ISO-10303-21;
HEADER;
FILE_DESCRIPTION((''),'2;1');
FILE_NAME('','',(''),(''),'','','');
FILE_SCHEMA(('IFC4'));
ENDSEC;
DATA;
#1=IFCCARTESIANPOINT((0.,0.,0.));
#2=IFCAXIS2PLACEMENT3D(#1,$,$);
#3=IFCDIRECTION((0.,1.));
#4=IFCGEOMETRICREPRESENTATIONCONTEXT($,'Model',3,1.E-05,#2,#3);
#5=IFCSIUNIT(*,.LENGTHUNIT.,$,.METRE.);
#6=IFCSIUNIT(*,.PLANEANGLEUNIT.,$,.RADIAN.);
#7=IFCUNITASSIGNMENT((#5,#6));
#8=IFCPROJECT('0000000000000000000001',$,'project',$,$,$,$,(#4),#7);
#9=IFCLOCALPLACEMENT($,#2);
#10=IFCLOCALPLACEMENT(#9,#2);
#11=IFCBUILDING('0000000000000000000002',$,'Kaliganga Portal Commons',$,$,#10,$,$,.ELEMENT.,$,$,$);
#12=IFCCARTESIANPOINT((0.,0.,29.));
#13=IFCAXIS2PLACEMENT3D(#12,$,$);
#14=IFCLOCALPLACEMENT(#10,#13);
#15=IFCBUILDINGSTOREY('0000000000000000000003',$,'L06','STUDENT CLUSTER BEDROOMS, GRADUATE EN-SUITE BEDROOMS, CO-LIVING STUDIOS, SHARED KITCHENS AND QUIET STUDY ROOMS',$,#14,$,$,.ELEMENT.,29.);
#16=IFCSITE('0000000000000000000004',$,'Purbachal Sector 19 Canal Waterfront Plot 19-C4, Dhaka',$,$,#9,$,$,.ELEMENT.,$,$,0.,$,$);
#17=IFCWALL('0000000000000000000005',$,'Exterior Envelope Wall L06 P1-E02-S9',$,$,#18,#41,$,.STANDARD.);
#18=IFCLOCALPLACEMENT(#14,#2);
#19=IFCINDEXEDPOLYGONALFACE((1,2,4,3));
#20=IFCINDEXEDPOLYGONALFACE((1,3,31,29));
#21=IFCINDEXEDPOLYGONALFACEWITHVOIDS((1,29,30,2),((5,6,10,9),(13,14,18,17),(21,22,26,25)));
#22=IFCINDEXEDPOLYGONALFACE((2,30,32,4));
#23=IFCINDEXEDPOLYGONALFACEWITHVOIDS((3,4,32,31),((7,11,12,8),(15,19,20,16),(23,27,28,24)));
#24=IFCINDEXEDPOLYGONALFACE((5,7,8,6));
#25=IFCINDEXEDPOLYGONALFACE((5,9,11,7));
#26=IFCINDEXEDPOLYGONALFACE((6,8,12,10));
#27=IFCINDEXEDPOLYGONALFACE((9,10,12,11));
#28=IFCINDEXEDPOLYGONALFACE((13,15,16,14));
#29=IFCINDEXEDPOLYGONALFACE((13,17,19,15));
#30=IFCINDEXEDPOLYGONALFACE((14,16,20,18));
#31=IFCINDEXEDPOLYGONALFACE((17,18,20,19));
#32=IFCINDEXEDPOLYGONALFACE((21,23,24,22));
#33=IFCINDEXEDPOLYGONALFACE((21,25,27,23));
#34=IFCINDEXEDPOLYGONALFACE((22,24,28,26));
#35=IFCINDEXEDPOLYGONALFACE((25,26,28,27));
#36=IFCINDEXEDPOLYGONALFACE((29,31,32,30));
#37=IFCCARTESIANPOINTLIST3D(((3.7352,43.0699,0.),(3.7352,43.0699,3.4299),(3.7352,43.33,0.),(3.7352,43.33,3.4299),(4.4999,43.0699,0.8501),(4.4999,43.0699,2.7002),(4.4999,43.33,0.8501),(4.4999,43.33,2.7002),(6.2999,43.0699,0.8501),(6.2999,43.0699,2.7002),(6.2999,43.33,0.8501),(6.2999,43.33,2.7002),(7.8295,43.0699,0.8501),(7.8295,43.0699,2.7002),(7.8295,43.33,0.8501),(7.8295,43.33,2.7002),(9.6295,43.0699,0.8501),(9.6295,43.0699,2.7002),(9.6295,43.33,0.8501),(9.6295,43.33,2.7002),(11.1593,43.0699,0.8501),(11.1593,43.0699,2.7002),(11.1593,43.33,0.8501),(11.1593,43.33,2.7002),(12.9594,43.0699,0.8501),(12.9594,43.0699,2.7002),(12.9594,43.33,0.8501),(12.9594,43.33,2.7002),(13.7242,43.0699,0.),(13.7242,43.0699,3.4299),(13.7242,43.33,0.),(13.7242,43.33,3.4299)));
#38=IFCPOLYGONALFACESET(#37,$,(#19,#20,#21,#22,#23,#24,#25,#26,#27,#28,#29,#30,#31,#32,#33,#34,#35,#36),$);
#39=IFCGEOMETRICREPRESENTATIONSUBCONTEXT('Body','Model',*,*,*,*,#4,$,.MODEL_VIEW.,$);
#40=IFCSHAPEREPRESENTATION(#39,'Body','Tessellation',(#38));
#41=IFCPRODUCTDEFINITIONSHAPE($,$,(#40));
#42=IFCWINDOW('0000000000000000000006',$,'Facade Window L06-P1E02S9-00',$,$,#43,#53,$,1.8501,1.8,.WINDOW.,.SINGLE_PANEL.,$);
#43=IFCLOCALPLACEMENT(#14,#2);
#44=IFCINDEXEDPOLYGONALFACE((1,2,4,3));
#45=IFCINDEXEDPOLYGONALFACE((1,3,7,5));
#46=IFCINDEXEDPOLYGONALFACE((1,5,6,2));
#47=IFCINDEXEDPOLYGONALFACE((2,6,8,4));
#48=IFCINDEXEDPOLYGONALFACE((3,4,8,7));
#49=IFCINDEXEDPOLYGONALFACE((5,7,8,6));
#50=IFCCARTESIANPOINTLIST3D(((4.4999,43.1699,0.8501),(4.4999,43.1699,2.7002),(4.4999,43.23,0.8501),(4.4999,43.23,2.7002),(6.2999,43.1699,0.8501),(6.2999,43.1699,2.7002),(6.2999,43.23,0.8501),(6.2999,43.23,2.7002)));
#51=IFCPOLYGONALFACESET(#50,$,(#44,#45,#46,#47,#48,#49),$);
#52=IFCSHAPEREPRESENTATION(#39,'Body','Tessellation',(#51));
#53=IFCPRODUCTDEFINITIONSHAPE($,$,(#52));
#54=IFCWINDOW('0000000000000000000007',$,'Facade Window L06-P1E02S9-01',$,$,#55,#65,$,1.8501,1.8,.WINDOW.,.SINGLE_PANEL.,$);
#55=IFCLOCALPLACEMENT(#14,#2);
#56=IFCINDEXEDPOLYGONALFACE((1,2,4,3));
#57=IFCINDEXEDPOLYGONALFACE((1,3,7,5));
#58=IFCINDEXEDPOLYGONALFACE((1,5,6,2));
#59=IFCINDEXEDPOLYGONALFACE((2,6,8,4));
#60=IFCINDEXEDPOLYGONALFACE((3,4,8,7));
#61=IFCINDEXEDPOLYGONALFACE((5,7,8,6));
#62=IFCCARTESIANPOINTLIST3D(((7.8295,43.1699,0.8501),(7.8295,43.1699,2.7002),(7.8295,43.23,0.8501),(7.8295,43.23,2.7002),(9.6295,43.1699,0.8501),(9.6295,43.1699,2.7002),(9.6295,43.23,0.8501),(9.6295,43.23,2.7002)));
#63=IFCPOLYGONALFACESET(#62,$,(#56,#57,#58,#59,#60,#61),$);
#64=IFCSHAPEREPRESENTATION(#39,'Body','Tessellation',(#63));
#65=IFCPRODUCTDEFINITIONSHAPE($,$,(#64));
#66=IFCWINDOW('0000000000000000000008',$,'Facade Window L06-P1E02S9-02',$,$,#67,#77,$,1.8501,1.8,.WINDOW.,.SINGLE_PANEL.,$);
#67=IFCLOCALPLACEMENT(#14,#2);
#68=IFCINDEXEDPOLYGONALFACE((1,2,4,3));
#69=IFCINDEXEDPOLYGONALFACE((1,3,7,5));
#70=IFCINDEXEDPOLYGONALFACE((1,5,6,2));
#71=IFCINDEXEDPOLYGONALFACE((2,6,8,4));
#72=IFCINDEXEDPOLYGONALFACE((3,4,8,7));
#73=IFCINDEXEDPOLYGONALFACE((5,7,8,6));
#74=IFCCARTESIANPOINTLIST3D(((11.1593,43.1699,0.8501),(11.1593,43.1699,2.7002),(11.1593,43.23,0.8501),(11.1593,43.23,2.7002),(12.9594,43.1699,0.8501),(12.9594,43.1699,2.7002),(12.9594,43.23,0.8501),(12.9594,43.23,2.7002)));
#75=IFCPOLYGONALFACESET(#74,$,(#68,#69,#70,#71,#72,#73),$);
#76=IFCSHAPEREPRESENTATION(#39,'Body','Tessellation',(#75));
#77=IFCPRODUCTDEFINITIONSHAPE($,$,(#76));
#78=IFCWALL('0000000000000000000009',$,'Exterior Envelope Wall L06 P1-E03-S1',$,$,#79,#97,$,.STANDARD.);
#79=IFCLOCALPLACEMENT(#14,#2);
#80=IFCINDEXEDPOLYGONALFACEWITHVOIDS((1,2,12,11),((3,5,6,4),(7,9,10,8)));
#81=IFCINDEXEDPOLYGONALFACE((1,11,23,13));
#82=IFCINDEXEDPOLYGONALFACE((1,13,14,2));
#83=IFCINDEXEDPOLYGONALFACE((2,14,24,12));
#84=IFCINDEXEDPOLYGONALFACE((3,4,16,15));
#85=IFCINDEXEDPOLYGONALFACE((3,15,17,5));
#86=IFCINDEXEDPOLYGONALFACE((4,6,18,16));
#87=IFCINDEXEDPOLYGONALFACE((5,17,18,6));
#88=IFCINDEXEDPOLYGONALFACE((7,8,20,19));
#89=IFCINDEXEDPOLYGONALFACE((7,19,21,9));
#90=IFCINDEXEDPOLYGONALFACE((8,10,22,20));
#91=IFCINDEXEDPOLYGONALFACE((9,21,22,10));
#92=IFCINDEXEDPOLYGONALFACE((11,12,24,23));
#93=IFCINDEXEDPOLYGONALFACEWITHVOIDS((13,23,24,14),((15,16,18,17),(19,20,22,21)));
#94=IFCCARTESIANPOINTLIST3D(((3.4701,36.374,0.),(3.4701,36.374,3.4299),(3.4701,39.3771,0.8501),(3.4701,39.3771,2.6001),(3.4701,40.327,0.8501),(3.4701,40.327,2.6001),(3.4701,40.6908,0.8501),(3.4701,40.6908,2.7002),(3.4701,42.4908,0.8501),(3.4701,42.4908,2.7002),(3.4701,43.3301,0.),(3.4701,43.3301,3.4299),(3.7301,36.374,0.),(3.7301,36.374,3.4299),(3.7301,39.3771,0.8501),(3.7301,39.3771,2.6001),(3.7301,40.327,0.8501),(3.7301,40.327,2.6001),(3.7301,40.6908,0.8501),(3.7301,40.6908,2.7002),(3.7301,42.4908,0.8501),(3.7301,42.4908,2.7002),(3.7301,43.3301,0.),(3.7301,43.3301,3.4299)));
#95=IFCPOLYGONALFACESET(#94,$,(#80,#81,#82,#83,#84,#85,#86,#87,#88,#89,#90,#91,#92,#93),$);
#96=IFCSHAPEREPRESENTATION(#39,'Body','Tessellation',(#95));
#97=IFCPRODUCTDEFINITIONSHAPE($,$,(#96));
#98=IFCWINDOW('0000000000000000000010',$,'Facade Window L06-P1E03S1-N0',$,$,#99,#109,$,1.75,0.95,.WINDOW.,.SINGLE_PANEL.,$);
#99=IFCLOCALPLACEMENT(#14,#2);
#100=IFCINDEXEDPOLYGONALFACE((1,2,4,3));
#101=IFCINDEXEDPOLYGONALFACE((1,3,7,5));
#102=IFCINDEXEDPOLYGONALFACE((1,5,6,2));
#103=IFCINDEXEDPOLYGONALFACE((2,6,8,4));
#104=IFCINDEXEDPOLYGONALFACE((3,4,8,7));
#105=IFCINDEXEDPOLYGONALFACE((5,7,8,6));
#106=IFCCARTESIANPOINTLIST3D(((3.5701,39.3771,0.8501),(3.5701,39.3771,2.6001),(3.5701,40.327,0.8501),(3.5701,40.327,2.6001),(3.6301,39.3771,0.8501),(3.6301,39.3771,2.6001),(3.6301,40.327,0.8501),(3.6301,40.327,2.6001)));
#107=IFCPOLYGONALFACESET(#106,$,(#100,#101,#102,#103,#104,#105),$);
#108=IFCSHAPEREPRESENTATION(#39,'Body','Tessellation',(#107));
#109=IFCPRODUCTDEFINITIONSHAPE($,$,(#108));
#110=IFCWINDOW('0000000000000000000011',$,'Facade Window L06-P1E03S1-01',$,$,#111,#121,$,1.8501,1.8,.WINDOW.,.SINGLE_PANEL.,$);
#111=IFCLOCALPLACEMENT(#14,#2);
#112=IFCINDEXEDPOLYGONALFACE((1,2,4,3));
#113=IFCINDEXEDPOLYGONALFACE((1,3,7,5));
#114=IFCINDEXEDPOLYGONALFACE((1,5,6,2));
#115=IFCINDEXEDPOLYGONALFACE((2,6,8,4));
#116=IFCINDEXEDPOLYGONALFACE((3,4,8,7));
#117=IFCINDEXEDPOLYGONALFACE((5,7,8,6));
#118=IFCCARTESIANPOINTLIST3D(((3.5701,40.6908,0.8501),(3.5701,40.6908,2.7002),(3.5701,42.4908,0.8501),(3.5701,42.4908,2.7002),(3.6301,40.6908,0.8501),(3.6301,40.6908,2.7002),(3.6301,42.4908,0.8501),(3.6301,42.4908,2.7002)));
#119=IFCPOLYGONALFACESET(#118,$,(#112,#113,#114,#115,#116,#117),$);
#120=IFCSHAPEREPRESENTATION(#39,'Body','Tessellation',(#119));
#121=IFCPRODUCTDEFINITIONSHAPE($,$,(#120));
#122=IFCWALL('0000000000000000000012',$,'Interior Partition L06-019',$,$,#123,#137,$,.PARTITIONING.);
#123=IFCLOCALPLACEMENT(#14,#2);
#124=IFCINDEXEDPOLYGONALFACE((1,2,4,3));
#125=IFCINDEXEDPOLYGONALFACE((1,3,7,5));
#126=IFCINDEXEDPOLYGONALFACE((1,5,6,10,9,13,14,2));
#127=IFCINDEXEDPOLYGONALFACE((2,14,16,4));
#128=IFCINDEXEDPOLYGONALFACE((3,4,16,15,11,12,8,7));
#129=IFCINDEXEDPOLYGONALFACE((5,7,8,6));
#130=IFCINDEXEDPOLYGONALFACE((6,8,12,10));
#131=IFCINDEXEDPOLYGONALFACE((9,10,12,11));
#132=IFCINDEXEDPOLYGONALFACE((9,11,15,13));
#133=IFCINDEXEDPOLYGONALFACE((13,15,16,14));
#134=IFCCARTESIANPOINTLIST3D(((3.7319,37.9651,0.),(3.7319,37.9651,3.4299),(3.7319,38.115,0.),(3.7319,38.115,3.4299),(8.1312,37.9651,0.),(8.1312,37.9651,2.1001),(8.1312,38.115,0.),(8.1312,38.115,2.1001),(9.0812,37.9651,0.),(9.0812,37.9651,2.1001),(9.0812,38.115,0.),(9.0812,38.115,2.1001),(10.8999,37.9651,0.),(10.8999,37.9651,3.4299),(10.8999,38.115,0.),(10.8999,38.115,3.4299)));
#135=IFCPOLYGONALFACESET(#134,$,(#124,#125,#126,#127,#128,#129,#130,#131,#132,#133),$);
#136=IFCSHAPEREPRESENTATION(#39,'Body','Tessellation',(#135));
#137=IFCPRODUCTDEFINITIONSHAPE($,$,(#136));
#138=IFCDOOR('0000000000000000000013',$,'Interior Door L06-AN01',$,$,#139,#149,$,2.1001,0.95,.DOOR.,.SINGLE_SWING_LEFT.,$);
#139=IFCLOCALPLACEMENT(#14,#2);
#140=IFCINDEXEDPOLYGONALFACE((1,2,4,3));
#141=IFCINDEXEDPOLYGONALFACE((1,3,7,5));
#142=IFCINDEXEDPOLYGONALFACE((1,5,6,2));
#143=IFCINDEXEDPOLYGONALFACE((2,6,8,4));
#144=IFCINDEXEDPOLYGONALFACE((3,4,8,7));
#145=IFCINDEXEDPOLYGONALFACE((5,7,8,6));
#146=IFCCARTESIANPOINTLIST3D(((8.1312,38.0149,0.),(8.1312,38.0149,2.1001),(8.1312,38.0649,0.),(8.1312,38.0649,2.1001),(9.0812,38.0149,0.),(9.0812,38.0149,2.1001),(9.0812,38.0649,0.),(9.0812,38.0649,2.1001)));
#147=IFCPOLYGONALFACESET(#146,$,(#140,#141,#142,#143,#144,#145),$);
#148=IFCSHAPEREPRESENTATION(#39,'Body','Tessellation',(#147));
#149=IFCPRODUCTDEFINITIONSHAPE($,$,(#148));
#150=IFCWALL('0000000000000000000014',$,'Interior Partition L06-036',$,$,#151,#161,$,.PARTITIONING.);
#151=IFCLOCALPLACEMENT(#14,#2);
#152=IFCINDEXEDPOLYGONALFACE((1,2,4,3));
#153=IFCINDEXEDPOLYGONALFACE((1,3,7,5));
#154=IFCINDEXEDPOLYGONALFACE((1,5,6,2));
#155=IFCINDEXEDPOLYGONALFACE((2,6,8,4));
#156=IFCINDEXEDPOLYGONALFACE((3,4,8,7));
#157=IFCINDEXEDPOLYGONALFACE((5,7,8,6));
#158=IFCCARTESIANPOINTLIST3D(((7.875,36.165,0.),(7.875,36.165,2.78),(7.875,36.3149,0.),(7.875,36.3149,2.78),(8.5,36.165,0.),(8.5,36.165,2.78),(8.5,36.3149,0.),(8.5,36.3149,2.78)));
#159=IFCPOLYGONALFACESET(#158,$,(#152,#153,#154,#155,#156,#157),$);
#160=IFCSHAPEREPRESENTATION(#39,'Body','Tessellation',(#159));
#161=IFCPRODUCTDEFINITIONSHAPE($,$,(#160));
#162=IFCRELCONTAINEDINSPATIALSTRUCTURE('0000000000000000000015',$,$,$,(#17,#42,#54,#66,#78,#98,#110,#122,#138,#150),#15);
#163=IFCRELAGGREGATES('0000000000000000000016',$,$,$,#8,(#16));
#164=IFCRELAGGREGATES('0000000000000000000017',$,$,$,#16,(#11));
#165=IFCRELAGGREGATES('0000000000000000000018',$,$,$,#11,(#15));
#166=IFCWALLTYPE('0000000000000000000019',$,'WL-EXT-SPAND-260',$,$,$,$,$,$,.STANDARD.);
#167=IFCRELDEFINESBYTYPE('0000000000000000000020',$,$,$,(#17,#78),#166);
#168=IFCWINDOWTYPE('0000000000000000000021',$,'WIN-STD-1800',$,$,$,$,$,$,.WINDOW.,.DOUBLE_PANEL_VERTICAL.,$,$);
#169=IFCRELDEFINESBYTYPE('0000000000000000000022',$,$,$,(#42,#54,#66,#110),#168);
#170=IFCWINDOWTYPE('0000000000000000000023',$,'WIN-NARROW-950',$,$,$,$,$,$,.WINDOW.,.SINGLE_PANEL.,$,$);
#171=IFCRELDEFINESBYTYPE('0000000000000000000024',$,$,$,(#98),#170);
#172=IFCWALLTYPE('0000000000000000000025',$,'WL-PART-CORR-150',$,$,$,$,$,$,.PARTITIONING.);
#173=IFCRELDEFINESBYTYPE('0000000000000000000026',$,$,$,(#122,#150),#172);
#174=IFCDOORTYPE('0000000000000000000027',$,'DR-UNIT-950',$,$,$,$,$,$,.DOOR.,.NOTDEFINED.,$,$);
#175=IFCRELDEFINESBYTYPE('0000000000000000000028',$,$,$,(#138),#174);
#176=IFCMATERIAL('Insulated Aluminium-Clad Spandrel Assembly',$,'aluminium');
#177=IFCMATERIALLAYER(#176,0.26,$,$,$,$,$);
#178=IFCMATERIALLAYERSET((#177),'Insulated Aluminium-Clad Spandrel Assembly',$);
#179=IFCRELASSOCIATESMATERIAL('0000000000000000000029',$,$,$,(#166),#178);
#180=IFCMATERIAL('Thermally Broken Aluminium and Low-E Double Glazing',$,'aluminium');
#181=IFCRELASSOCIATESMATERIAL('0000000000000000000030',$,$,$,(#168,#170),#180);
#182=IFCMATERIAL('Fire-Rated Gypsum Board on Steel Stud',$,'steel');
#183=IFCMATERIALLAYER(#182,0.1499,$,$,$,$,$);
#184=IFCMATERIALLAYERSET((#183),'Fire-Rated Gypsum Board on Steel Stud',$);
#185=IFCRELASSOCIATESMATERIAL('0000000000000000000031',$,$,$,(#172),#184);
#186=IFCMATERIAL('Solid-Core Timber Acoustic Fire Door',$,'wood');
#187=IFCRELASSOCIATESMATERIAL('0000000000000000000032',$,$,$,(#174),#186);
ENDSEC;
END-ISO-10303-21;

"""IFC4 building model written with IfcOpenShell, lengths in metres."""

from ifc_helpers import new_model, si_unit, direction, frame, frame_2d, origin, place, context, subcontext, project, spatial, rectangle, extrude, material, layer, layer_set, type_object, element, fill, save


model = new_model("IFC4")

# Units and contexts
model_context = context("Model", 3, precision=1e-05, world=origin(), true_north=direction((0.0, 1.0)))
body_context = subcontext(model_context, "Body", "Model", "MODEL_VIEW")
ifc_project = project(units=[si_unit("LENGTHUNIT", "METRE"), si_unit("PLANEANGLEUNIT", "RADIAN")], contexts=[model_context])

# Site, building, storey
site_placement = place(None, origin())
site = spatial("IfcSite", under=ifc_project, at=site_placement, Name="Purbachal Sector 19 Canal Waterfront Plot 19-C4, Dhaka", CompositionType="ELEMENT", RefElevation=0.0)
building_placement = place(site_placement, origin())
building = spatial("IfcBuilding", under=site, at=building_placement, Name="Kaliganga Portal Commons", CompositionType="ELEMENT")
storey_placement = place(building_placement, frame((0.0, 0.0, 29.0)))
storey = spatial("IfcBuildingStorey", under=building, at=storey_placement, Name="L06", Description="STUDENT CLUSTER BEDROOMS, GRADUATE EN-SUITE BEDROOMS, CO-LIVING STUDIOS, SHARED KITCHENS AND QUIET STUDY ROOMS", CompositionType="ELEMENT", Elevation=29.0)

# Walls, openings, windows
ifc_material_1 = material(Name="Insulated Aluminium-Clad Spandrel Assembly", Category="aluminium")
ifc_layer_1 = layer(ifc_material_1, 0.26)
ifc_layer_set_1 = layer_set([ifc_layer_1], Name="Insulated Aluminium-Clad Spandrel Assembly")
wall_type_1 = type_object("IfcWallType", Name="WL-EXT-SPAND-260", PredefinedType="STANDARD", material=ifc_layer_set_1)
wall_1_placement = place(storey_placement, frame((3.7351, 43.2, 0.0), z_axis=(0.0, 0.0, 1.0), x_axis=(1.0, 0.0, 0.0)))
wall_1 = element("IfcWall", 1, at=wall_1_placement, inside=storey, type_object=wall_type_1, Name="Exterior Envelope Wall L06 P1-E02-S9", PredefinedType="STANDARD", context=body_context, shape_type="SweptSolid", body=[
    extrude(rectangle(XDim=9.989, YDim=0.26, at=frame_2d((4.9946, 0.0))), origin(), (0.0, 0.0, 1.0), 3.4299),
])
opening_1_placement = place(wall_1_placement, frame((0.7649, 0.0, 0.8501)))
opening_1 = element("IfcOpeningElement", 2, at=opening_1_placement, cuts=wall_1, PredefinedType="OPENING", context=body_context, shape_type="SweptSolid", body=[
    extrude(rectangle(XDim=1.8, YDim=1.8501, at=frame_2d((0.8999, 0.925))), frame((0.0, 0.1401, 0.0), z_axis=(0.0, -1.0, 0.0), x_axis=(1.0, 0.0, 0.0)), (0.0, 0.0, 1.0), 0.28),
])
opening_2_placement = place(wall_1_placement, frame((4.0945, 0.0, 0.8501)))
opening_2 = element("IfcOpeningElement", 3, at=opening_2_placement, cuts=wall_1, PredefinedType="OPENING", context=body_context, shape_type="SweptSolid", body=[
    extrude(rectangle(XDim=1.8, YDim=1.8501, at=frame_2d((0.8999, 0.925))), frame((0.0, 0.1401, 0.0), z_axis=(0.0, -1.0, 0.0), x_axis=(1.0, 0.0, 0.0)), (0.0, 0.0, 1.0), 0.28),
])
opening_3_placement = place(wall_1_placement, frame((7.4243, 0.0, 0.8501)))
opening_3 = element("IfcOpeningElement", 4, at=opening_3_placement, cuts=wall_1, PredefinedType="OPENING", context=body_context, shape_type="SweptSolid", body=[
    extrude(rectangle(XDim=1.8, YDim=1.8501, at=frame_2d((0.8999, 0.925))), frame((0.0, 0.1401, 0.0), z_axis=(0.0, -1.0, 0.0), x_axis=(1.0, 0.0, 0.0)), (0.0, 0.0, 1.0), 0.28),
])
ifc_material_2 = material(Name="Thermally Broken Aluminium and Low-E Double Glazing", Category="aluminium")
window_type_1 = type_object("IfcWindowType", Name="WIN-STD-1800", PartitioningType="DOUBLE_PANEL_VERTICAL", PredefinedType="WINDOW", material=ifc_material_2)
window_1_placement = place(opening_1_placement, origin())
window_1 = element("IfcWindow", 5, at=window_1_placement, inside=storey, type_object=window_type_1, Name="Facade Window L06-P1E02S9-00", OverallHeight=1.8501, OverallWidth=1.8, PartitioningType="SINGLE_PANEL", PredefinedType="WINDOW", context=body_context, shape_type="SweptSolid", body=[
    extrude(rectangle(XDim=1.8, YDim=1.8501, at=frame_2d((0.8999, 0.925))), frame((0.0, 0.03, 0.0), z_axis=(0.0, -1.0, 0.0), x_axis=(1.0, 0.0, 0.0)), (0.0, 0.0, 1.0), 0.0601),
])
fill(opening_1, window_1)
window_2_placement = place(opening_2_placement, origin())
window_2 = element("IfcWindow", 6, at=window_2_placement, inside=storey, type_object=window_type_1, Name="Facade Window L06-P1E02S9-01", OverallHeight=1.8501, OverallWidth=1.8, PartitioningType="SINGLE_PANEL", PredefinedType="WINDOW", context=body_context, shape_type="SweptSolid", body=[
    extrude(rectangle(XDim=1.8, YDim=1.8501, at=frame_2d((0.8999, 0.925))), frame((0.0, 0.03, 0.0), z_axis=(0.0, -1.0, 0.0), x_axis=(1.0, 0.0, 0.0)), (0.0, 0.0, 1.0), 0.0601),
])
fill(opening_2, window_2)
window_3_placement = place(opening_3_placement, origin())
window_3 = element("IfcWindow", 7, at=window_3_placement, inside=storey, type_object=window_type_1, Name="Facade Window L06-P1E02S9-02", OverallHeight=1.8501, OverallWidth=1.8, PartitioningType="SINGLE_PANEL", PredefinedType="WINDOW", context=body_context, shape_type="SweptSolid", body=[
    extrude(rectangle(XDim=1.8, YDim=1.8501, at=frame_2d((0.8999, 0.925))), frame((0.0, 0.03, 0.0), z_axis=(0.0, -1.0, 0.0), x_axis=(1.0, 0.0, 0.0)), (0.0, 0.0, 1.0), 0.0601),
])
fill(opening_3, window_3)
wall_2_placement = place(storey_placement, frame((3.6001, 36.374, 0.0), z_axis=(0.0, 0.0, 1.0), x_axis=(0.0, 1.0, 0.0)))
wall_2 = element("IfcWall", 8, at=wall_2_placement, inside=storey, type_object=wall_type_1, Name="Exterior Envelope Wall L06 P1-E03-S1", PredefinedType="STANDARD", context=body_context, shape_type="SweptSolid", body=[
    extrude(rectangle(XDim=6.9561, YDim=0.26, at=frame_2d((3.478, 0.0))), origin(), (0.0, 0.0, 1.0), 3.4299),
])
opening_4_placement = place(wall_2_placement, frame((4.3169, 0.0, 0.8501)))
opening_4 = element("IfcOpeningElement", 9, at=opening_4_placement, cuts=wall_2, PredefinedType="OPENING", context=body_context, shape_type="SweptSolid", body=[
    extrude(rectangle(XDim=1.8, YDim=1.8501, at=frame_2d((0.8999, 0.925))), frame((0.0, 0.1401, 0.0), z_axis=(0.0, -1.0, 0.0), x_axis=(1.0, 0.0, 0.0)), (0.0, 0.0, 1.0), 0.28),
])
opening_5_placement = place(wall_2_placement, frame((3.0029, 0.0, 0.8501)))
opening_5 = element("IfcOpeningElement", 10, at=opening_5_placement, cuts=wall_2, PredefinedType="OPENING", context=body_context, shape_type="SweptSolid", body=[
    extrude(rectangle(XDim=0.95, YDim=1.75, at=frame_2d((0.4751, 0.875))), frame((0.0, 0.1401, 0.0), z_axis=(0.0, -1.0, 0.0), x_axis=(1.0, 0.0, 0.0)), (0.0, 0.0, 1.0), 0.28),
])
window_type_2 = type_object("IfcWindowType", Name="WIN-NARROW-950", PartitioningType="SINGLE_PANEL", PredefinedType="WINDOW", material=ifc_material_2)
window_4_placement = place(opening_5_placement, origin())
window_4 = element("IfcWindow", 11, at=window_4_placement, inside=storey, type_object=window_type_2, Name="Facade Window L06-P1E03S1-N0", OverallHeight=1.75, OverallWidth=0.95, PartitioningType="SINGLE_PANEL", PredefinedType="WINDOW", context=body_context, shape_type="SweptSolid", body=[
    extrude(rectangle(XDim=0.95, YDim=1.75, at=frame_2d((0.4751, 0.875))), frame((0.0, 0.03, 0.0), z_axis=(0.0, -1.0, 0.0), x_axis=(1.0, 0.0, 0.0)), (0.0, 0.0, 1.0), 0.0601),
])
fill(opening_5, window_4)
window_5_placement = place(opening_4_placement, origin())
window_5 = element("IfcWindow", 12, at=window_5_placement, inside=storey, type_object=window_type_1, Name="Facade Window L06-P1E03S1-01", OverallHeight=1.8501, OverallWidth=1.8, PartitioningType="SINGLE_PANEL", PredefinedType="WINDOW", context=body_context, shape_type="SweptSolid", body=[
    extrude(rectangle(XDim=1.8, YDim=1.8501, at=frame_2d((0.8999, 0.925))), frame((0.0, 0.03, 0.0), z_axis=(0.0, -1.0, 0.0), x_axis=(1.0, 0.0, 0.0)), (0.0, 0.0, 1.0), 0.0601),
])
fill(opening_4, window_5)

# Wall, opening, door
ifc_material_3 = material(Name="Fire-Rated Gypsum Board on Steel Stud", Category="steel")
ifc_layer_2 = layer(ifc_material_3, 0.1499)
ifc_layer_set_2 = layer_set([ifc_layer_2], Name="Fire-Rated Gypsum Board on Steel Stud")
wall_type_2 = type_object("IfcWallType", Name="WL-PART-CORR-150", PredefinedType="PARTITIONING", material=ifc_layer_set_2)
wall_3_placement = place(storey_placement, frame((3.7319, 38.04, 0.0), z_axis=(0.0, 0.0, 1.0), x_axis=(1.0, 0.0, 0.0)))
wall_3 = element("IfcWall", 13, at=wall_3_placement, inside=storey, type_object=wall_type_2, Name="Interior Partition L06-019", PredefinedType="PARTITIONING", context=body_context, shape_type="SweptSolid", body=[
    extrude(rectangle(XDim=7.168, YDim=0.1499, at=frame_2d((3.584, 0.0))), origin(), (0.0, 0.0, 1.0), 3.4299),
])
opening_6_placement = place(wall_3_placement, frame((4.3992, 0.0, 0.0)))
opening_6 = element("IfcOpeningElement", 14, at=opening_6_placement, cuts=wall_3, PredefinedType="OPENING", context=body_context, shape_type="SweptSolid", body=[
    extrude(rectangle(XDim=0.95, YDim=2.1001, at=frame_2d((0.4751, 1.05))), frame((0.0, 0.085, 0.0), z_axis=(0.0, -1.0, 0.0), x_axis=(1.0, 0.0, 0.0)), (0.0, 0.0, 1.0), 0.1699),
])
ifc_material_4 = material(Name="Solid-Core Timber Acoustic Fire Door", Category="wood")
door_type_1 = type_object("IfcDoorType", Name="DR-UNIT-950", OperationType="NOTDEFINED", PredefinedType="DOOR", material=ifc_material_4)
door_1_placement = place(opening_6_placement, origin())
door_1 = element("IfcDoor", 15, at=door_1_placement, inside=storey, type_object=door_type_1, Name="Interior Door L06-AN01", OperationType="SINGLE_SWING_LEFT", OverallHeight=2.1001, OverallWidth=0.95, PredefinedType="DOOR", context=body_context, shape_type="SweptSolid", body=[
    extrude(rectangle(XDim=0.95, YDim=2.1001, at=frame_2d((0.4751, 1.05))), frame((0.0, 0.0249, 0.0), z_axis=(0.0, -1.0, 0.0), x_axis=(1.0, 0.0, 0.0)), (0.0, 0.0, 1.0), 0.05),
])
fill(opening_6, door_1)

# Wall
wall_4_placement = place(storey_placement, frame((7.875, 36.24, 0.0), z_axis=(0.0, 0.0, 1.0), x_axis=(1.0, 0.0, 0.0)))
element("IfcWall", 16, at=wall_4_placement, inside=storey, type_object=wall_type_2, Name="Interior Partition L06-036", PredefinedType="PARTITIONING", context=body_context, shape_type="SweptSolid", body=[
    extrude(rectangle(XDim=0.625, YDim=0.1499, at=frame_2d((0.3125, 0.0))), origin(), (0.0, 0.0, 1.0), 2.78),
])

save(model, "model.ifc")
